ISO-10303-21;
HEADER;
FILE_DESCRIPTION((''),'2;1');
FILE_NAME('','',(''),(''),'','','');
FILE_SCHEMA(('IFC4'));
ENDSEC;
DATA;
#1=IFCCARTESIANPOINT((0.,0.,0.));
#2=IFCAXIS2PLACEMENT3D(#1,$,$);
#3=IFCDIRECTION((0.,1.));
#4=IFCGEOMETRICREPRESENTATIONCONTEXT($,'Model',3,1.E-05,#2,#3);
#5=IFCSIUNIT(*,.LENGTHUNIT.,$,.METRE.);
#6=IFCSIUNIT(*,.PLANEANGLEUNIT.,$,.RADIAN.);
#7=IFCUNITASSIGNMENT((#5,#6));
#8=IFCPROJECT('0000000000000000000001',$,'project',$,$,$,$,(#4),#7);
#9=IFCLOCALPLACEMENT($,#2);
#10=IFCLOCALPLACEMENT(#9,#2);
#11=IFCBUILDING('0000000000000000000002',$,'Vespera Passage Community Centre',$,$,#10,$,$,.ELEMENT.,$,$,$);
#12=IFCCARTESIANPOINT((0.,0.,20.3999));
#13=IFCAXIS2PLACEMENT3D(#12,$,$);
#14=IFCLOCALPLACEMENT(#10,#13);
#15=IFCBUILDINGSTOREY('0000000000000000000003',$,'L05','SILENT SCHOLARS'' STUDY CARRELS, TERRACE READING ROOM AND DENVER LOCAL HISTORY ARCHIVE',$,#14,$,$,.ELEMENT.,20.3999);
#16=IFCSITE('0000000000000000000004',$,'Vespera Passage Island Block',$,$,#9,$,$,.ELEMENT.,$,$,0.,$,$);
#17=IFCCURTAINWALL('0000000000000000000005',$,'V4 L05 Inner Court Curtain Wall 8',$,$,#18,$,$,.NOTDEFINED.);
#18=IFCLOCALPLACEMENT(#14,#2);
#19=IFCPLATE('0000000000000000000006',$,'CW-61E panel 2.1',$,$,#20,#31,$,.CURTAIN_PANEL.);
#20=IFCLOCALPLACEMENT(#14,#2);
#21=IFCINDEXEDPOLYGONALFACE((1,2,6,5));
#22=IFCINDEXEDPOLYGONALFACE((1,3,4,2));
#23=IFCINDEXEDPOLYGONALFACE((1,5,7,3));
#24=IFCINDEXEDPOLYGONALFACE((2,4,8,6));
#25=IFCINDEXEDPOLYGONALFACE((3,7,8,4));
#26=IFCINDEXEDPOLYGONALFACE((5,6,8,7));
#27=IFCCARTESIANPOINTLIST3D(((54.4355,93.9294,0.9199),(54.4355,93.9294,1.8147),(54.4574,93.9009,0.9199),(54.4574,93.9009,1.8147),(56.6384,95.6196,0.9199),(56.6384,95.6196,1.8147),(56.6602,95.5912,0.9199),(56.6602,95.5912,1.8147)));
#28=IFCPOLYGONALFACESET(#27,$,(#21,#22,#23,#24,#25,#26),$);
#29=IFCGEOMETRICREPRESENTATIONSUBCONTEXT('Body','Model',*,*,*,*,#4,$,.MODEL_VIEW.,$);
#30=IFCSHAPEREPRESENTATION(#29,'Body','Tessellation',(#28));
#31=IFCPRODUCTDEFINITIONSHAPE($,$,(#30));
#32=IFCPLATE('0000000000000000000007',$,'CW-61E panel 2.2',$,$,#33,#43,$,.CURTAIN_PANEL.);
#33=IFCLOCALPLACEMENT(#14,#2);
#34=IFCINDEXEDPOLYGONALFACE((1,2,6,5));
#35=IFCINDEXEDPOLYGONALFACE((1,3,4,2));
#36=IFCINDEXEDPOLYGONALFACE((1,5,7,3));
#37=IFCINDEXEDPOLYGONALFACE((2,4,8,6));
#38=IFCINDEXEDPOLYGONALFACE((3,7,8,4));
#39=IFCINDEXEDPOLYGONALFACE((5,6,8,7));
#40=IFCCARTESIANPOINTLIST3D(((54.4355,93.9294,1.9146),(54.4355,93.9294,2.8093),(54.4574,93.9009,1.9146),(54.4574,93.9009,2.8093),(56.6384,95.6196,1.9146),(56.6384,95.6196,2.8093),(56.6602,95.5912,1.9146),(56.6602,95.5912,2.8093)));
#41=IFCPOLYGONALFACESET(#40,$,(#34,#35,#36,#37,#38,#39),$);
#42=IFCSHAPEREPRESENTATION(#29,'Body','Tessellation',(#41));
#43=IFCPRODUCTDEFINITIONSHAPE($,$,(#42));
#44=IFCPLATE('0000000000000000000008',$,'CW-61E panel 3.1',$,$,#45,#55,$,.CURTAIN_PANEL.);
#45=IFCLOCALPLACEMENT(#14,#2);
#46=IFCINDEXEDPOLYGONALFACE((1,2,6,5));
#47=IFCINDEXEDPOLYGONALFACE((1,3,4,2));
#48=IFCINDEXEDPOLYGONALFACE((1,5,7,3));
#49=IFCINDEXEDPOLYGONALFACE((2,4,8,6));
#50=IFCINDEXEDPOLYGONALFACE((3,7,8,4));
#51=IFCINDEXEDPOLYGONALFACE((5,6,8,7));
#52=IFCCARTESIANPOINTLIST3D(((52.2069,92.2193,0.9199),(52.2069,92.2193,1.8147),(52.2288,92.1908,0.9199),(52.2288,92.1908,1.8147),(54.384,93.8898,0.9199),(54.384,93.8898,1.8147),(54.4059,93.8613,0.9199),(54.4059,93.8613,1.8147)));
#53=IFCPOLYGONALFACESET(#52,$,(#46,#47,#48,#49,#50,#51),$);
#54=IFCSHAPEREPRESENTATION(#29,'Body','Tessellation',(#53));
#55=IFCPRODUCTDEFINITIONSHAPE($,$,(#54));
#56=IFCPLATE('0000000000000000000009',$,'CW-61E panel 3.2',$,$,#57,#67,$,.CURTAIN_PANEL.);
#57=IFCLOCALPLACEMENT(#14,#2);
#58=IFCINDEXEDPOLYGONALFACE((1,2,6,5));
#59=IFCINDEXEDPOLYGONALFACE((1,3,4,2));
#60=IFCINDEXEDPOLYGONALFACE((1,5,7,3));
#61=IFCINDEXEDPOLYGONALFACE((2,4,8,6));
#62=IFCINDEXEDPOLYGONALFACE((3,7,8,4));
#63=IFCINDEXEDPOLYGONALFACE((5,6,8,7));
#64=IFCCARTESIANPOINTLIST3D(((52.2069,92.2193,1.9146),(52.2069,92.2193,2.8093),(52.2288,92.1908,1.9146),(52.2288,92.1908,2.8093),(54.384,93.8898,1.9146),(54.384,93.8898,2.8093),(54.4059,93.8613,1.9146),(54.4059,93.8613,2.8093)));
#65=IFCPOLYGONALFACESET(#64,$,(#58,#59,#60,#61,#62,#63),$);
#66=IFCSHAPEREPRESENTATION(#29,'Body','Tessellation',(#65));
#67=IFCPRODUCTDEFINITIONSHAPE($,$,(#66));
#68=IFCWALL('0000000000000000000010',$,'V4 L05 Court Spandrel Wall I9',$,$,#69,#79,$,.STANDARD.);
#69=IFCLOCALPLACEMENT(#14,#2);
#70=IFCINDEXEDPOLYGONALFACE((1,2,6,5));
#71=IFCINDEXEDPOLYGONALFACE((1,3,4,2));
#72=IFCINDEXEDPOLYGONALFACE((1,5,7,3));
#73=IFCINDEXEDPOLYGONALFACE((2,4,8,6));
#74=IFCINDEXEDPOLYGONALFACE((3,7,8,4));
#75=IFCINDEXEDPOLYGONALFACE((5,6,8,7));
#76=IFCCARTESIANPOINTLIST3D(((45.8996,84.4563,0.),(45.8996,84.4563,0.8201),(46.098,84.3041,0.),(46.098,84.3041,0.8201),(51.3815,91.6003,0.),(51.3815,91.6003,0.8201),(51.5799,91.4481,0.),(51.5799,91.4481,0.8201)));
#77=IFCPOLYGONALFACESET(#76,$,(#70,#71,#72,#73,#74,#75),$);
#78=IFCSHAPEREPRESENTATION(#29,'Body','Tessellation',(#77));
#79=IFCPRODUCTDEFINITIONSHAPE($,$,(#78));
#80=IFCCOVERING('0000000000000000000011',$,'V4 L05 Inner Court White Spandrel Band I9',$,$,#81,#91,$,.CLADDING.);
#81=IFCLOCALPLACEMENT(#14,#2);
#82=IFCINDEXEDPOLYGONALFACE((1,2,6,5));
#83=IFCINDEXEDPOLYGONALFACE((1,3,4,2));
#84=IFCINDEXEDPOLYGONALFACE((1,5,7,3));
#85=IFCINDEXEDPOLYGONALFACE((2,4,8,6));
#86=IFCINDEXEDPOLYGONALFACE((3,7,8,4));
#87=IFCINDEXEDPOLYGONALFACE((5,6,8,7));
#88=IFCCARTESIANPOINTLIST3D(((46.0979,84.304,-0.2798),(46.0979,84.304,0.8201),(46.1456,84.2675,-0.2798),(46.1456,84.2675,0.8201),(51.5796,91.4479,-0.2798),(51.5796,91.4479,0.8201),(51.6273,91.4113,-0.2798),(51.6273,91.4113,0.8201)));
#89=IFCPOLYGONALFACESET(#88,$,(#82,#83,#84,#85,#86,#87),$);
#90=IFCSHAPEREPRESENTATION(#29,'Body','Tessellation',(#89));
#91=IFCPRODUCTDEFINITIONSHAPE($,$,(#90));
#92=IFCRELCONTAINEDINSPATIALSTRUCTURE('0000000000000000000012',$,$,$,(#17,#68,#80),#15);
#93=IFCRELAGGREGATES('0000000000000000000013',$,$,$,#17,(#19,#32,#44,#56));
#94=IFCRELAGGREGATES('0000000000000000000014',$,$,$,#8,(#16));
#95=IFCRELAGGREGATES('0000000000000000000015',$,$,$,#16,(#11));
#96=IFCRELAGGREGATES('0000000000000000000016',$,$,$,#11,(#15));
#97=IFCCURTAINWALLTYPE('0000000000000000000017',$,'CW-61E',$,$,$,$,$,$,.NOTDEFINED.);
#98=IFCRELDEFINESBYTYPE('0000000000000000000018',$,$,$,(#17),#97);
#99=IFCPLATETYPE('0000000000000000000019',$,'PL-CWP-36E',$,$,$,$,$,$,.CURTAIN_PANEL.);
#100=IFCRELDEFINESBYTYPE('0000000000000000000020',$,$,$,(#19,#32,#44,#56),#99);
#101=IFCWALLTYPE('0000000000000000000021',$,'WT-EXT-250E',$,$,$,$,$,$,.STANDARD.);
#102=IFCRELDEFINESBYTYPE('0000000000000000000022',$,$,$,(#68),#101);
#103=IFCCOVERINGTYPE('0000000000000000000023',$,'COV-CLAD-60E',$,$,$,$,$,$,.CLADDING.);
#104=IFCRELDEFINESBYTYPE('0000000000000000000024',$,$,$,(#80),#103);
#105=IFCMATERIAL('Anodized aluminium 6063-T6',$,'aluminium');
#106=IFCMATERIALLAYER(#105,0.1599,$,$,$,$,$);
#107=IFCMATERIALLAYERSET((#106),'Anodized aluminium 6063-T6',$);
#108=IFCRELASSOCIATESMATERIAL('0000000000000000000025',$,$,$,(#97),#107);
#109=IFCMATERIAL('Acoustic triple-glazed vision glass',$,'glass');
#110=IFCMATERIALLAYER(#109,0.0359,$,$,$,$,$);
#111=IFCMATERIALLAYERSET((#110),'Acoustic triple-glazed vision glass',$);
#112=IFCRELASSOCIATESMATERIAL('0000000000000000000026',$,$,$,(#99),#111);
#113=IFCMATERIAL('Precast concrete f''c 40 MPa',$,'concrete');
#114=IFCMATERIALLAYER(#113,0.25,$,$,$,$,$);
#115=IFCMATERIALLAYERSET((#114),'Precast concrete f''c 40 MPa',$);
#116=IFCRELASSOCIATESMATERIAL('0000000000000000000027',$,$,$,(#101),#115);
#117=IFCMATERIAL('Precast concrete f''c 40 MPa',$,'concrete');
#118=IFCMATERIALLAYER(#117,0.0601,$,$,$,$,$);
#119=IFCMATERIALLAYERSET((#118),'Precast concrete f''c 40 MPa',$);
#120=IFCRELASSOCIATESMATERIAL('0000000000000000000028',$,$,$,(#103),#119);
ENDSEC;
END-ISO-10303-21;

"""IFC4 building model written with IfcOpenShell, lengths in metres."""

from ifc_helpers import new_model, si_unit, direction, frame, frame_2d, origin, origin_2d, place, context, subcontext, project, spatial, rectangle, extrude, material, layer, layer_set, type_object, element, aggregate, save


model = new_model("IFC4")

# Units and contexts
model_context = context("Model", 3, precision=1e-05, world=origin(), true_north=direction((0.0, 1.0)))
body_context = subcontext(model_context, "Body", "Model", "MODEL_VIEW")
ifc_project = project(units=[si_unit("LENGTHUNIT", "METRE"), si_unit("PLANEANGLEUNIT", "RADIAN")], contexts=[model_context])

# Site, building, storey
site_placement = place(None, origin())
site = spatial("IfcSite", under=ifc_project, at=site_placement, Name="Vespera Passage Island Block", CompositionType="ELEMENT", RefElevation=0.0)
building_placement = place(site_placement, origin())
building = spatial("IfcBuilding", under=site, at=building_placement, Name="Vespera Passage Community Centre", CompositionType="ELEMENT")
storey_placement = place(building_placement, frame((0.0, 0.0, 20.3999)))
storey = spatial("IfcBuildingStorey", under=building, at=storey_placement, Name="L05", Description="SILENT SCHOLARS' STUDY CARRELS, TERRACE READING ROOM AND DENVER LOCAL HISTORY ARCHIVE", CompositionType="ELEMENT", Elevation=20.3999)

# Curtain wall
ifc_material_1 = material(Name="Anodized aluminium 6063-T6", Category="aluminium")
ifc_layer_1 = layer(ifc_material_1, 0.1599)
ifc_layer_set_1 = layer_set([ifc_layer_1], Name="Anodized aluminium 6063-T6")
curtain_wall_type_1 = type_object("IfcCurtainWallType", Name="CW-61E", PredefinedType="NOTDEFINED", material=ifc_layer_set_1)
curtain_wall_1_placement = place(storey_placement, origin())
curtain_wall_1 = element("IfcCurtainWall", 1, at=curtain_wall_1_placement, inside=storey, type_object=curtain_wall_type_1, Name="V4 L05 Inner Court Curtain Wall 8", PredefinedType="NOTDEFINED")

# Plates
ifc_material_2 = material(Name="Acoustic triple-glazed vision glass", Category="glass")
ifc_layer_2 = layer(ifc_material_2, 0.0359)
ifc_layer_set_2 = layer_set([ifc_layer_2], Name="Acoustic triple-glazed vision glass")
plate_type_1 = type_object("IfcPlateType", Name="PL-CWP-36E", PredefinedType="CURTAIN_PANEL", material=ifc_layer_set_2)
plate_1_placement = place(storey_placement, frame((55.5479, 94.7603, 0.9199), z_axis=(0.0, 0.0, 1.0), x_axis=(-0.793358, -0.608755, 0.0)))
plate_1 = element("IfcPlate", 2, at=plate_1_placement, type_object=plate_type_1, Name="CW-61E panel 2.1", PredefinedType="CURTAIN_PANEL", context=body_context, shape_type="SweptSolid", body=[
    extrude(rectangle(XDim=2.7766, YDim=0.0359, at=origin_2d()), origin(), (0.0, 0.0, 1.0), 0.8948),
])
plate_2_placement = place(storey_placement, frame((55.5479, 94.7603, 1.9146), z_axis=(0.0, 0.0, 1.0), x_axis=(-0.793358, -0.608755, 0.0)))
plate_2 = element("IfcPlate", 3, at=plate_2_placement, type_object=plate_type_1, Name="CW-61E panel 2.2", PredefinedType="CURTAIN_PANEL", context=body_context, shape_type="SweptSolid", body=[
    extrude(rectangle(XDim=2.7766, YDim=0.0359, at=origin_2d()), origin(), (0.0, 0.0, 1.0), 0.8948),
])
plate_3_placement = place(storey_placement, frame((53.3064, 93.0403, 0.9199), z_axis=(0.0, 0.0, 1.0), x_axis=(-0.793358, -0.608755, 0.0)))
plate_3 = element("IfcPlate", 4, at=plate_3_placement, type_object=plate_type_1, Name="CW-61E panel 3.1", PredefinedType="CURTAIN_PANEL", context=body_context, shape_type="SweptSolid", body=[
    extrude(rectangle(XDim=2.7441, YDim=0.0359, at=origin_2d()), origin(), (0.0, 0.0, 1.0), 0.8948),
])
plate_4_placement = place(storey_placement, frame((53.3064, 93.0403, 1.9146), z_axis=(0.0, 0.0, 1.0), x_axis=(-0.793358, -0.608755, 0.0)))
plate_4 = element("IfcPlate", 5, at=plate_4_placement, type_object=plate_type_1, Name="CW-61E panel 3.2", PredefinedType="CURTAIN_PANEL", context=body_context, shape_type="SweptSolid", body=[
    extrude(rectangle(XDim=2.7441, YDim=0.0359, at=origin_2d()), origin(), (0.0, 0.0, 1.0), 0.8948),
])
aggregate(curtain_wall_1, [plate_1, plate_2, plate_3, plate_4])

# Wall
ifc_material_3 = material(Name="Precast concrete f'c 40 MPa", Category="concrete")
ifc_layer_3 = layer(ifc_material_3, 0.25)
ifc_layer_set_3 = layer_set([ifc_layer_3], Name="Precast concrete f'c 40 MPa")
wall_type = type_object("IfcWallType", Name="WT-EXT-250E", PredefinedType="STANDARD", material=ifc_layer_set_3)
wall_placement = place(storey_placement, frame((51.4807, 91.5242, 0.0), z_axis=(0.0, 0.0, 1.0), x_axis=(-0.60877, -0.793347, 0.0)))
element("IfcWall", 6, at=wall_placement, inside=storey, type_object=wall_type, Name="V4 L05 Court Spandrel Wall I9", PredefinedType="STANDARD", context=body_context, shape_type="SweptSolid", body=[
    extrude(rectangle(XDim=9.0049, YDim=0.25, at=frame_2d((4.5024, 0.0))), origin(), (0.0, 0.0, 1.0), 0.8201),
])

# Covering
ifc_material_4 = material(Name="Precast concrete f'c 40 MPa", Category="concrete")
ifc_layer_4 = layer(ifc_material_4, 0.0601)
ifc_layer_set_4 = layer_set([ifc_layer_4], Name="Precast concrete f'c 40 MPa")
covering_type = type_object("IfcCoveringType", Name="COV-CLAD-60E", PredefinedType="CLADDING", material=ifc_layer_set_4)
covering_placement = place(storey_placement, frame((51.6035, 91.4297, -0.2798), z_axis=(0.0, 0.0, 1.0), x_axis=(-0.608766, -0.79335, 0.0)))
element("IfcCovering", 7, at=covering_placement, inside=storey, type_object=covering_type, Name="V4 L05 Inner Court White Spandrel Band I9", PredefinedType="CLADDING", context=body_context, shape_type="SweptSolid", body=[
    extrude(rectangle(XDim=9.0046, YDim=0.0601, at=frame_2d((4.5024, 0.0))), origin(), (0.0, 0.0, 1.0), 1.0999),
])

save(model, "model.ifc")
